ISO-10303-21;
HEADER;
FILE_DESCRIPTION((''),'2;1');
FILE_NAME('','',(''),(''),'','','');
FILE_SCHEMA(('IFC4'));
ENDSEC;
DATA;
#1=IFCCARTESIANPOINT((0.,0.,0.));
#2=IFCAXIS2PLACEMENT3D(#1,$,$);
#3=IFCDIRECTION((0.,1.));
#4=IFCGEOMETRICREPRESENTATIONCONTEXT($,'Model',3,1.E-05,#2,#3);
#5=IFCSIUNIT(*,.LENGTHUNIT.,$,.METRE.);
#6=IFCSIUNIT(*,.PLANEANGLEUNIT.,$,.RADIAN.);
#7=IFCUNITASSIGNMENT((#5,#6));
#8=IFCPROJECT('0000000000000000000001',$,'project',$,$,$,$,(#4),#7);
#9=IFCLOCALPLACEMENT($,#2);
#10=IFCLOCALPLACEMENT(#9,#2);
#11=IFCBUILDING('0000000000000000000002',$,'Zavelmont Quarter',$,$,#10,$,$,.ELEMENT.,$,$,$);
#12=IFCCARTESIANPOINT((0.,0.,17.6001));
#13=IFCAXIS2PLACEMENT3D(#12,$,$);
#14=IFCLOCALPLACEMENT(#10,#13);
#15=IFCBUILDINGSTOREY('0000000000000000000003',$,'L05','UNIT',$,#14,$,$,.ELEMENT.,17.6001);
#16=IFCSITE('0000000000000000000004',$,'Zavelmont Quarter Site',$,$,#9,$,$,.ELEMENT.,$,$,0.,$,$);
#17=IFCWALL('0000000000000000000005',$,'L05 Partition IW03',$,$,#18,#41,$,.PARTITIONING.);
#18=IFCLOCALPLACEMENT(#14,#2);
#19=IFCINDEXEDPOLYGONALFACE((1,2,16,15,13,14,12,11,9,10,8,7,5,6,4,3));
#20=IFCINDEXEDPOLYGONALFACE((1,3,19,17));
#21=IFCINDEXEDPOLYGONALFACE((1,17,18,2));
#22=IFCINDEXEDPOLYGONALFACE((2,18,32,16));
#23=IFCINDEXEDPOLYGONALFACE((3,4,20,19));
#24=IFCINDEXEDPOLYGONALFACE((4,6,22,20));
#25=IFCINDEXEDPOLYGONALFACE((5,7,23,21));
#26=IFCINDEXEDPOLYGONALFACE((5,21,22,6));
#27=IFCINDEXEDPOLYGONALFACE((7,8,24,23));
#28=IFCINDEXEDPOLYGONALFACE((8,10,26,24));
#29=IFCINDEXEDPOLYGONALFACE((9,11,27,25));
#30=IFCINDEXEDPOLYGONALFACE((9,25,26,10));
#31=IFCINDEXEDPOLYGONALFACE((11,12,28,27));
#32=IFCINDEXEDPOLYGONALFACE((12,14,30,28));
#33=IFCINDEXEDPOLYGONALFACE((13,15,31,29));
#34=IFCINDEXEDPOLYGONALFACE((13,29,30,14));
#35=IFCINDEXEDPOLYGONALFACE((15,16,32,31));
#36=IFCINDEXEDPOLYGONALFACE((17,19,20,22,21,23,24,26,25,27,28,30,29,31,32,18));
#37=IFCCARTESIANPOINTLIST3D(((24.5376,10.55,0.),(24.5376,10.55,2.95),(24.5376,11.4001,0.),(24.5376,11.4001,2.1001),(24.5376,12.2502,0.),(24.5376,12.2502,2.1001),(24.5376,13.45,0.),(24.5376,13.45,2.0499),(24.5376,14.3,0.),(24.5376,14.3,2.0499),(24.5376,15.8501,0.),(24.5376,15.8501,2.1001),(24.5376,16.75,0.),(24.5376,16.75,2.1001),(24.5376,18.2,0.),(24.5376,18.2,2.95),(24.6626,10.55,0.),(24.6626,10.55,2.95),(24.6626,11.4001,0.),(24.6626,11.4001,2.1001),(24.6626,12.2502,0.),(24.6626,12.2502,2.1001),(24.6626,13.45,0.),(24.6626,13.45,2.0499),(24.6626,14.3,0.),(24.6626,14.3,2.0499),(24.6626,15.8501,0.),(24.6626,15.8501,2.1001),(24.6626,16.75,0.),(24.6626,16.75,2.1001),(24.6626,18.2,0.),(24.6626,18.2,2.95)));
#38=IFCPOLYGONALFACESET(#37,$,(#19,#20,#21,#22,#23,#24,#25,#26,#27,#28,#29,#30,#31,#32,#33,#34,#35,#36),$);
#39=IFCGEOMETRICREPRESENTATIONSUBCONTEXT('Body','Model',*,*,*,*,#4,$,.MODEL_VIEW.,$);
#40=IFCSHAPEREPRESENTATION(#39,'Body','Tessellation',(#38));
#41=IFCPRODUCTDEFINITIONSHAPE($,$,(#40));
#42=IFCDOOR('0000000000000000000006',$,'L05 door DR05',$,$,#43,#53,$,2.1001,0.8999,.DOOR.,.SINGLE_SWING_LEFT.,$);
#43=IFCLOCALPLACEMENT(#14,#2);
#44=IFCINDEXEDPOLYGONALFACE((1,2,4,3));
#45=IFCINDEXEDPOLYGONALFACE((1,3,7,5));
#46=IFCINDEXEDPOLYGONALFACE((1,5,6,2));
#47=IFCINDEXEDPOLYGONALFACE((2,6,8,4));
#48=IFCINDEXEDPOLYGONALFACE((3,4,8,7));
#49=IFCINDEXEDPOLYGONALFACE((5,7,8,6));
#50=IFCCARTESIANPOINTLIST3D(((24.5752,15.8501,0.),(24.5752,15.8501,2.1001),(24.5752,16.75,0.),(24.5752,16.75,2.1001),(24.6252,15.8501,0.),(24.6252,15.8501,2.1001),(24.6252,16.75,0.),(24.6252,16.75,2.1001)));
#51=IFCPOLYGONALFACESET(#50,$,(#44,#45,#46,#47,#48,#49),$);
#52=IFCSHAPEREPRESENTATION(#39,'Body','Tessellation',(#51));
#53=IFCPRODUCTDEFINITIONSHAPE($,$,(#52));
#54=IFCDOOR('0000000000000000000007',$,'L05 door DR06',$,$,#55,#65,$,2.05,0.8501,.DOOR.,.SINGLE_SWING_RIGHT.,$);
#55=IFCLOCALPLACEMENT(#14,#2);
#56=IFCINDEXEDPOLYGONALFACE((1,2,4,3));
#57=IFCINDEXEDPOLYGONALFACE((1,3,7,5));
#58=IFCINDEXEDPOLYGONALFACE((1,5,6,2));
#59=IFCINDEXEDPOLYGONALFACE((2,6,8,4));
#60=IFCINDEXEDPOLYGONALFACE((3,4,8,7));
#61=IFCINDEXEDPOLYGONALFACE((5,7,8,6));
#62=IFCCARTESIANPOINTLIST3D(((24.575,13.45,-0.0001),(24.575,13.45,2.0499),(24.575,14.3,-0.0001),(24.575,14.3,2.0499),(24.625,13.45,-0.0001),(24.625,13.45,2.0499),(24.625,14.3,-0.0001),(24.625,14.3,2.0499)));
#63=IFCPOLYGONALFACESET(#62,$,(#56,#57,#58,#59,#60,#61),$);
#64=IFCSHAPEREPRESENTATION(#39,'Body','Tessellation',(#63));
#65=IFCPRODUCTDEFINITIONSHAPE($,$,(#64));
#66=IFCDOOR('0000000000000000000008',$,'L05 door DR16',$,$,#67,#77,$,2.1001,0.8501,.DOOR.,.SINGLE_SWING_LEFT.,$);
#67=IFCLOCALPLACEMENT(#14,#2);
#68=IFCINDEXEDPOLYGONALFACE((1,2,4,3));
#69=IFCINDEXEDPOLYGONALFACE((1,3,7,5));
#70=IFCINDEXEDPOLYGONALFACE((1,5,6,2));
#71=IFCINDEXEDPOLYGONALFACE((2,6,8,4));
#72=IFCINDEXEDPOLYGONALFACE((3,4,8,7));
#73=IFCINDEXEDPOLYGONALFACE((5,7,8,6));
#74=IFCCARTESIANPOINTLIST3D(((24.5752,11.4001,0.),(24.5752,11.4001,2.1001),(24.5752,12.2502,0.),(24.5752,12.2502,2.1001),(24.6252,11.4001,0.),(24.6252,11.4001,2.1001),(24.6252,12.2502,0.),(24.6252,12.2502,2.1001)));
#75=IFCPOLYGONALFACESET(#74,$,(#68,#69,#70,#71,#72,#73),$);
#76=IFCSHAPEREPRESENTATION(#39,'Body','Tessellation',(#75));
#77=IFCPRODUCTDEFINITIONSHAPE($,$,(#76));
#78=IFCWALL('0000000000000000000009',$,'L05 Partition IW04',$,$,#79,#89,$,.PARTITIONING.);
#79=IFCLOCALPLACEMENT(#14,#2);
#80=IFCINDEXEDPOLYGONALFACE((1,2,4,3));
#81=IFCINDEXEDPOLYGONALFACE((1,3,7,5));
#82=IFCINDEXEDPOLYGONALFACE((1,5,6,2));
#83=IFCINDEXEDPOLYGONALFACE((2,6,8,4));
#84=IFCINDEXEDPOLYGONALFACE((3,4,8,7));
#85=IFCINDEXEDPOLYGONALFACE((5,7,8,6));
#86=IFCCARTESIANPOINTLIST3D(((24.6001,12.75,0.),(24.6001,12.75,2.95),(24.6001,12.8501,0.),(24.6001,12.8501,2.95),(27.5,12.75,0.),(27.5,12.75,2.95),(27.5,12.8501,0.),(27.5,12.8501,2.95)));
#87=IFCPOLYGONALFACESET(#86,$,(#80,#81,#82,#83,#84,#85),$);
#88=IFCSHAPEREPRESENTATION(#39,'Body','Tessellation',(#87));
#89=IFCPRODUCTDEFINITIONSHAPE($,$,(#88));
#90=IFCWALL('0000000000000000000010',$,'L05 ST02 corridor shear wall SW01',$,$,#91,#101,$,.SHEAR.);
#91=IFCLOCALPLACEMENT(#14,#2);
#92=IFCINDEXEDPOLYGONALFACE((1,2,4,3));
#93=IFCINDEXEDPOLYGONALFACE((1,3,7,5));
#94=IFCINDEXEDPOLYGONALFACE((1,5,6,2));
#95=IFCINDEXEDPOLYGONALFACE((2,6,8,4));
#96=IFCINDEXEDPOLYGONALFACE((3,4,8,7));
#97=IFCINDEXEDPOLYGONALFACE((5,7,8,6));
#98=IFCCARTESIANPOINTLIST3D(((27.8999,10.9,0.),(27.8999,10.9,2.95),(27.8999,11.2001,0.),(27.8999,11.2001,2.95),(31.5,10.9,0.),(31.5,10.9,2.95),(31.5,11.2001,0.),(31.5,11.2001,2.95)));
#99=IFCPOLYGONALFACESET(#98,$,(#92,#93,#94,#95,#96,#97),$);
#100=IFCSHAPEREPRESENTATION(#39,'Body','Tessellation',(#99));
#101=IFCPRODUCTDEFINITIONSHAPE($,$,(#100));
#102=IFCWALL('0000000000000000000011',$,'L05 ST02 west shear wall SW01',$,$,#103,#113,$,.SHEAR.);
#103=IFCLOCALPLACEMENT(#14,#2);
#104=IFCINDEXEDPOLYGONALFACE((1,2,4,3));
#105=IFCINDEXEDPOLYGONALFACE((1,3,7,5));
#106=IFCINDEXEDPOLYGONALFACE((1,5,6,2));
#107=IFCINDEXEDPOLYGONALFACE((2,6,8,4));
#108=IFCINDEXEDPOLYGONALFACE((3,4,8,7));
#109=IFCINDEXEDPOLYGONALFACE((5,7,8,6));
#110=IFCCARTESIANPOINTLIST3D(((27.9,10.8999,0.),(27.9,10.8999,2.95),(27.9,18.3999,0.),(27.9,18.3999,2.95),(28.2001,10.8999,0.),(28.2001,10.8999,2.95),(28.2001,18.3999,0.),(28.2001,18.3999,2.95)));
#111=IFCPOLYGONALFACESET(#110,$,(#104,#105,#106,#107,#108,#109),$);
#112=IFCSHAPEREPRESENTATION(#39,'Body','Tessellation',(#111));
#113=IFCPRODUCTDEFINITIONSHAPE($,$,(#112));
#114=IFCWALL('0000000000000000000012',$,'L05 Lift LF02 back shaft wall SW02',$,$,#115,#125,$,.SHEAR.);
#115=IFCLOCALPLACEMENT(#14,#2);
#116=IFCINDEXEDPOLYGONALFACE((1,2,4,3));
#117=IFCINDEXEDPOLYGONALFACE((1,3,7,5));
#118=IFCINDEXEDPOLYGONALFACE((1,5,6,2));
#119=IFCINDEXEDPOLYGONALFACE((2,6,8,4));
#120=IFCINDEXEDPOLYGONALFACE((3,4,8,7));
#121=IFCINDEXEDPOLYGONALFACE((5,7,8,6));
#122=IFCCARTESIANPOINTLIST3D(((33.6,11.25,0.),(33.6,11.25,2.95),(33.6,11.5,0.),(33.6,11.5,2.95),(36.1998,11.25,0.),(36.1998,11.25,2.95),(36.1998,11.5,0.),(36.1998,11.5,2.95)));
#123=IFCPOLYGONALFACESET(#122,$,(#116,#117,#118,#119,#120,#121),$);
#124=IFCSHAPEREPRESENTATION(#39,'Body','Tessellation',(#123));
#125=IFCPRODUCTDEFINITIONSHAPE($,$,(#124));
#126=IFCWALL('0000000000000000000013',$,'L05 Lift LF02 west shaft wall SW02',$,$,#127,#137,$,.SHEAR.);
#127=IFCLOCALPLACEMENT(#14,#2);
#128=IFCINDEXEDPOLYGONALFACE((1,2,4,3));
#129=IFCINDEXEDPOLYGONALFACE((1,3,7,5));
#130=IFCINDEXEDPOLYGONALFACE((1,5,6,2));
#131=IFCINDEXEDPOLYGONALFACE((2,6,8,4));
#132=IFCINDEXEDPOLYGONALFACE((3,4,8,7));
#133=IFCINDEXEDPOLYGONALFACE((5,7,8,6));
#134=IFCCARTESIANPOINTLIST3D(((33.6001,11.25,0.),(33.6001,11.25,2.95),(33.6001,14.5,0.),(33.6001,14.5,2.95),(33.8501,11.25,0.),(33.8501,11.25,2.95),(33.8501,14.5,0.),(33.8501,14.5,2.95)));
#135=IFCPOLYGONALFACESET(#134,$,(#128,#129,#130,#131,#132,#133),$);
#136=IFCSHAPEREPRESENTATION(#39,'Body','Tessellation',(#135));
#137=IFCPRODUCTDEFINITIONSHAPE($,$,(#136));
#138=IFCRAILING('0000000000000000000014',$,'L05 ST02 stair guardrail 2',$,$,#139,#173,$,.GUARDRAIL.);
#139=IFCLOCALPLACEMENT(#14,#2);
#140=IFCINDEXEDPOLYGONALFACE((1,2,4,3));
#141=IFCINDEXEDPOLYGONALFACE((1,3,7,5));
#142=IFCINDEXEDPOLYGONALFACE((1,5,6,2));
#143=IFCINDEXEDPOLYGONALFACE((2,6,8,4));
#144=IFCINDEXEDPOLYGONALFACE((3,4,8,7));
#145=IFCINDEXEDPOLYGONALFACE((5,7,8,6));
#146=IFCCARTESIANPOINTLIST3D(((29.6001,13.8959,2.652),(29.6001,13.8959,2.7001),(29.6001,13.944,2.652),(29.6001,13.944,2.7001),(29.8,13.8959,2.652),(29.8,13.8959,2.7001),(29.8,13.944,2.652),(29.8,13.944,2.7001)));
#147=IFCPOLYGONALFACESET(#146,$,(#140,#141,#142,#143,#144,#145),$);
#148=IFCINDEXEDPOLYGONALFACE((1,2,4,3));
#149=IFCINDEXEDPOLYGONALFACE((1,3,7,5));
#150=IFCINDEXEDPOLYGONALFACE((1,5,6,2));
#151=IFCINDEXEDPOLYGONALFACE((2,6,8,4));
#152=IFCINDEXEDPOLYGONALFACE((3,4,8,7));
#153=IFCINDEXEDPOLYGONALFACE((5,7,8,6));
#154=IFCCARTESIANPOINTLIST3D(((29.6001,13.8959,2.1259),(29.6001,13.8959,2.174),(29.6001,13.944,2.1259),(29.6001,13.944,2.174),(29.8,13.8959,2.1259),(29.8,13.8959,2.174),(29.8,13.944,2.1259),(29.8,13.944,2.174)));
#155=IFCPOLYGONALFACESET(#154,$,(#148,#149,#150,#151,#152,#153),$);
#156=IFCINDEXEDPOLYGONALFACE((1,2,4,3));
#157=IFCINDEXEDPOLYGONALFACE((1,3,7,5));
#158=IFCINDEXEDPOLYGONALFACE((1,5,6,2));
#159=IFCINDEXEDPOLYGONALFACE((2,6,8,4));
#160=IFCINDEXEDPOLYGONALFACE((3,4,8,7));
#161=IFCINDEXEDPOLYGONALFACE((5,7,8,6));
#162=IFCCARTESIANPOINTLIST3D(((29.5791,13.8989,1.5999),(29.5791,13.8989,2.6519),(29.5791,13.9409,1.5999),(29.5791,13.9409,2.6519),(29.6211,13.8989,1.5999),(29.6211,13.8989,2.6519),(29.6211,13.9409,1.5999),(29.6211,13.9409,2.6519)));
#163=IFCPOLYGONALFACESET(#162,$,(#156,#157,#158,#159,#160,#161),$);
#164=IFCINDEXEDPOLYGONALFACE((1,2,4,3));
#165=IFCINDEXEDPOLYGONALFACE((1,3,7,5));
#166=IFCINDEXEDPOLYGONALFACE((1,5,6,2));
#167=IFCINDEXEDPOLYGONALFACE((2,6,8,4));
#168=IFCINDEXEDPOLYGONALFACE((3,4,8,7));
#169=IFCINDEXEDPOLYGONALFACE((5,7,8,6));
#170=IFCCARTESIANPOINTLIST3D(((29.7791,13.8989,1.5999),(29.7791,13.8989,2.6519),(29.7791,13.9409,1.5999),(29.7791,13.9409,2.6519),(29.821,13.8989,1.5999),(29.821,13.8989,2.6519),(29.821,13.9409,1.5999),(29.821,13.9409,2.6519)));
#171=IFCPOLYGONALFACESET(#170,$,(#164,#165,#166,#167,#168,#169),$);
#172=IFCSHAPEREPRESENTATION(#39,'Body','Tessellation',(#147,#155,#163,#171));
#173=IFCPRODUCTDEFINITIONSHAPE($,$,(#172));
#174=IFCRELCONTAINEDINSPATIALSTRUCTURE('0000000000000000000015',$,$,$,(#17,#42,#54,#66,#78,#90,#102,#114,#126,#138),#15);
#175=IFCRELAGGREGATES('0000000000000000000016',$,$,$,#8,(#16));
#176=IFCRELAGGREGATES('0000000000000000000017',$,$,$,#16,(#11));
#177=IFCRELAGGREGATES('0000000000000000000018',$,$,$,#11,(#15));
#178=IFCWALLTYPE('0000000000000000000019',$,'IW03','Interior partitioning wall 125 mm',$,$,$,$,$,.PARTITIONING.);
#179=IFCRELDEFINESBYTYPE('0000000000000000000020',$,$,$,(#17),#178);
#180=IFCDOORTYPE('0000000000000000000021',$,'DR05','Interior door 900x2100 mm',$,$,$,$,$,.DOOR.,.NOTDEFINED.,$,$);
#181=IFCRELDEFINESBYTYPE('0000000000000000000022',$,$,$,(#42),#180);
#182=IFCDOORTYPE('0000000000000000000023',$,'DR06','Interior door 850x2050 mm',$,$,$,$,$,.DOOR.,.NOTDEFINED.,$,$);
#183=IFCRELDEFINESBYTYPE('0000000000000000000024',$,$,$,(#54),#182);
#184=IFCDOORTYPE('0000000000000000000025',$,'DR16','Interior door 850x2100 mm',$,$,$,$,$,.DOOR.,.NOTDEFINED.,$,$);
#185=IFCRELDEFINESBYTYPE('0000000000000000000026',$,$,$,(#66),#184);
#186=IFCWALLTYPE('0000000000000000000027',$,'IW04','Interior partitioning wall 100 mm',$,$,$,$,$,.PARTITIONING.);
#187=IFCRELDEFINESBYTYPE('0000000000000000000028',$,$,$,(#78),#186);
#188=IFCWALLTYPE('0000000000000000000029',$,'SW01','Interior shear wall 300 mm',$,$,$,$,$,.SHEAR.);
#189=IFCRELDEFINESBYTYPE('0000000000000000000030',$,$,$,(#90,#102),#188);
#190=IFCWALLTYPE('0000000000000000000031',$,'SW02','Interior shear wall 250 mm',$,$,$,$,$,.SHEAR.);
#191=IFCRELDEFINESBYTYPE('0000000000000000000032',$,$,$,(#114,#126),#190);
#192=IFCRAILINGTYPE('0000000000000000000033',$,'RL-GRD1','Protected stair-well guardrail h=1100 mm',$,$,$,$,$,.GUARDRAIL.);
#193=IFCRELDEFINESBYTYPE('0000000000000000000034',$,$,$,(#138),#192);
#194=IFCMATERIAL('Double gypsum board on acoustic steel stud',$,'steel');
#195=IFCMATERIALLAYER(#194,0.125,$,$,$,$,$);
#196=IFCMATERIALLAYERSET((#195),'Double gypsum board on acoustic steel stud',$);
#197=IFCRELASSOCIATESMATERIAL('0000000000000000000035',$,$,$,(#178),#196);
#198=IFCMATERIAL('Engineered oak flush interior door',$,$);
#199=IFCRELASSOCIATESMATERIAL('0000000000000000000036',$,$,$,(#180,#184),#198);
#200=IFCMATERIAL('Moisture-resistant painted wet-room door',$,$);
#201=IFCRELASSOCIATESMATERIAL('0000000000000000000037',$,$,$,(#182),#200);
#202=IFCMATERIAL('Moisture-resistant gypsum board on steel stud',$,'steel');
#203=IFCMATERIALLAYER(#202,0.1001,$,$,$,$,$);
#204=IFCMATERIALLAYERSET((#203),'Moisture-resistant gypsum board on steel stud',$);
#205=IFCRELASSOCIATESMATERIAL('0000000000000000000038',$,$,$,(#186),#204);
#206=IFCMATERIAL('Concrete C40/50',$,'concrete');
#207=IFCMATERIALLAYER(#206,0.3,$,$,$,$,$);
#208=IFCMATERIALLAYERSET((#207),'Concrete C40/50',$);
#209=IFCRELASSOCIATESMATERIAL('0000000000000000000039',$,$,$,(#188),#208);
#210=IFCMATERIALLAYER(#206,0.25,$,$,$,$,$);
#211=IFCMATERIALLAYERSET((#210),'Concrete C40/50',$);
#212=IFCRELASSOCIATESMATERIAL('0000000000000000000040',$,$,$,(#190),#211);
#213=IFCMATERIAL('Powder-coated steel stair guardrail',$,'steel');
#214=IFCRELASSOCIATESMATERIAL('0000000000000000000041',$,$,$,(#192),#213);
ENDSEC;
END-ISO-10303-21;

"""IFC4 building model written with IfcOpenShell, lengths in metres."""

from ifc_helpers import new_model, si_unit, direction, frame, frame_2d, origin, origin_with_axes, origin_2d, place, context, subcontext, project, spatial, rectangle, extrude, material, layer, layer_set, type_object, element, fill, save


model = new_model("IFC4")

# Units and contexts
model_context = context("Model", 3, precision=1e-05, world=origin(), true_north=direction((0.0, 1.0)))
body_context = subcontext(model_context, "Body", "Model", "MODEL_VIEW")
ifc_project = project(units=[si_unit("LENGTHUNIT", "METRE"), si_unit("PLANEANGLEUNIT", "RADIAN")], contexts=[model_context])

# Site, building, storey
site_placement = place(None, origin())
site = spatial("IfcSite", under=ifc_project, at=site_placement, Name="Zavelmont Quarter Site", CompositionType="ELEMENT", RefElevation=0.0)
building_placement = place(site_placement, origin())
building = spatial("IfcBuilding", under=site, at=building_placement, Name="Zavelmont Quarter", CompositionType="ELEMENT")
storey_placement = place(building_placement, frame((0.0, 0.0, 17.6001)))
storey = spatial("IfcBuildingStorey", under=building, at=storey_placement, Name="L05", Description="UNIT", CompositionType="ELEMENT", Elevation=17.6001)

# Shared definitions
ifc_material_1 = material(Name="Concrete C40/50", Category="concrete")

# Wall, openings, doors
ifc_material_2 = material(Name="Double gypsum board on acoustic steel stud", Category="steel")
ifc_layer_1 = layer(ifc_material_2, 0.125)
ifc_layer_set_1 = layer_set([ifc_layer_1], Name="Double gypsum board on acoustic steel stud")
wall_type_1 = type_object("IfcWallType", Name="IW03", Description="Interior partitioning wall 125 mm", PredefinedType="PARTITIONING", material=ifc_layer_set_1)
wall_1_placement = place(storey_placement, frame((24.6001, 10.55, 0.0), z_axis=(0.0, 0.0, 1.0), x_axis=(0.0, 1.0, 0.0)))
wall_1 = element("IfcWall", 1, at=wall_1_placement, inside=storey, type_object=wall_type_1, Name="L05 Partition IW03", PredefinedType="PARTITIONING", context=body_context, shape_type="SweptSolid", body=[
    extrude(rectangle(XDim=7.6499, YDim=0.125, at=frame_2d((3.825, 0.0))), origin(), (0.0, 0.0, 1.0), 2.95),
])
opening_1_placement = place(wall_1_placement, frame((0.8501, 0.0, 0.0)))
opening_1 = element("IfcOpeningElement", 2, at=opening_1_placement, cuts=wall_1, PredefinedType="OPENING", context=body_context, shape_type="SweptSolid", body=[
    extrude(rectangle(XDim=0.8501, YDim=2.1001, at=frame_2d((0.425, 1.05))), frame((0.0, 0.0745, 0.0), z_axis=(0.0, -1.0, 0.0), x_axis=(1.0, 0.0, 0.0)), (0.0, 0.0, 1.0), 0.1489),
])
opening_2_placement = place(wall_1_placement, frame((2.8999, 0.0, 0.0)))
opening_2 = element("IfcOpeningElement", 3, at=opening_2_placement, cuts=wall_1, PredefinedType="OPENING", context=body_context, shape_type="SweptSolid", body=[
    extrude(rectangle(XDim=0.8501, YDim=2.05, at=frame_2d((0.425, 1.0249))), frame((0.0, 0.0745, 0.0), z_axis=(0.0, -1.0, 0.0), x_axis=(1.0, 0.0, 0.0)), (0.0, 0.0, 1.0), 0.1489),
])
opening_3_placement = place(wall_1_placement, frame((5.3, 0.0, 0.0)))
opening_3 = element("IfcOpeningElement", 4, at=opening_3_placement, cuts=wall_1, PredefinedType="OPENING", context=body_context, shape_type="SweptSolid", body=[
    extrude(rectangle(XDim=0.8999, YDim=2.1001, at=frame_2d((0.45, 1.05))), frame((0.0, 0.0745, 0.0), z_axis=(0.0, -1.0, 0.0), x_axis=(1.0, 0.0, 0.0)), (0.0, 0.0, 1.0), 0.1489),
])
ifc_material_3 = material(Name="Engineered oak flush interior door")
door_type_1 = type_object("IfcDoorType", Name="DR05", Description="Interior door 900x2100 mm", OperationType="NOTDEFINED", PredefinedType="DOOR", material=ifc_material_3)
door_1_placement = place(opening_3_placement, origin_with_axes())
door_1 = element("IfcDoor", 5, at=door_1_placement, inside=storey, type_object=door_type_1, Name="L05 door DR05", OperationType="SINGLE_SWING_LEFT", OverallHeight=2.1001, OverallWidth=0.8999, PredefinedType="DOOR", context=body_context, shape_type="SweptSolid", body=[
    extrude(rectangle(XDim=0.8999, YDim=2.1001, at=frame_2d((0.45, 1.05))), frame((0.0, 0.0249, 0.0), z_axis=(0.0, -1.0, 0.0), x_axis=(1.0, 0.0, 0.0)), (0.0, 0.0, 1.0), 0.05),
])
fill(opening_3, door_1)
ifc_material_4 = material(Name="Moisture-resistant painted wet-room door")
door_type_2 = type_object("IfcDoorType", Name="DR06", Description="Interior door 850x2050 mm", OperationType="NOTDEFINED", PredefinedType="DOOR", material=ifc_material_4)
door_2_placement = place(opening_2_placement, frame((0.8501, 0.0, 0.0), z_axis=(0.0, 0.0, 1.0), x_axis=(-1.0, 0.0, 0.0)))
door_2 = element("IfcDoor", 6, at=door_2_placement, inside=storey, type_object=door_type_2, Name="L05 door DR06", OperationType="SINGLE_SWING_RIGHT", OverallHeight=2.05, OverallWidth=0.8501, PredefinedType="DOOR", context=body_context, shape_type="SweptSolid", body=[
    extrude(rectangle(XDim=0.8501, YDim=2.05, at=frame_2d((0.425, 1.0249))), frame((0.0, 0.0249, 0.0), z_axis=(0.0, -1.0, 0.0), x_axis=(1.0, 0.0, 0.0)), (0.0, 0.0, 1.0), 0.05),
])
fill(opening_2, door_2)
door_type_3 = type_object("IfcDoorType", Name="DR16", Description="Interior door 850x2100 mm", OperationType="NOTDEFINED", PredefinedType="DOOR", material=ifc_material_3)
door_3_placement = place(opening_1_placement, origin_with_axes())
door_3 = element("IfcDoor", 7, at=door_3_placement, inside=storey, type_object=door_type_3, Name="L05 door DR16", OperationType="SINGLE_SWING_LEFT", OverallHeight=2.1001, OverallWidth=0.8501, PredefinedType="DOOR", context=body_context, shape_type="SweptSolid", body=[
    extrude(rectangle(XDim=0.8501, YDim=2.1001, at=frame_2d((0.425, 1.05))), frame((0.0, 0.0249, 0.0), z_axis=(0.0, -1.0, 0.0), x_axis=(1.0, 0.0, 0.0)), (0.0, 0.0, 1.0), 0.05),
])
fill(opening_1, door_3)

# Walls
ifc_material_5 = material(Name="Moisture-resistant gypsum board on steel stud", Category="steel")
ifc_layer_2 = layer(ifc_material_5, 0.1001)
ifc_layer_set_2 = layer_set([ifc_layer_2], Name="Moisture-resistant gypsum board on steel stud")
wall_type_2 = type_object("IfcWallType", Name="IW04", Description="Interior partitioning wall 100 mm", PredefinedType="PARTITIONING", material=ifc_layer_set_2)
wall_2_placement = place(storey_placement, frame((24.6001, 12.8, 0.0), z_axis=(0.0, 0.0, 1.0), x_axis=(1.0, 0.0, 0.0)))
element("IfcWall", 8, at=wall_2_placement, inside=storey, type_object=wall_type_2, Name="L05 Partition IW04", PredefinedType="PARTITIONING", context=body_context, shape_type="SweptSolid", body=[
    extrude(rectangle(XDim=2.8999, YDim=0.1001, at=frame_2d((1.45, 0.0))), origin(), (0.0, 0.0, 1.0), 2.95),
])
ifc_layer_3 = layer(ifc_material_1, 0.3)
ifc_layer_set_3 = layer_set([ifc_layer_3], Name="Concrete C40/50")
wall_type_3 = type_object("IfcWallType", Name="SW01", Description="Interior shear wall 300 mm", PredefinedType="SHEAR", material=ifc_layer_set_3)
wall_3_placement = place(storey_placement, frame((27.8999, 11.05, 0.0), z_axis=(0.0, 0.0, 1.0), x_axis=(1.0, 0.0, 0.0)))
element("IfcWall", 9, at=wall_3_placement, inside=storey, type_object=wall_type_3, Name="L05 ST02 corridor shear wall SW01", PredefinedType="SHEAR", context=body_context, shape_type="SweptSolid", body=[
    extrude(rectangle(XDim=3.6001, YDim=0.3, at=frame_2d((1.8, 0.0))), origin(), (0.0, 0.0, 1.0), 2.95),
])
wall_4_placement = place(storey_placement, frame((28.05, 10.8999, 0.0), z_axis=(0.0, 0.0, 1.0), x_axis=(0.0, 1.0, 0.0)))
element("IfcWall", 10, at=wall_4_placement, inside=storey, type_object=wall_type_3, Name="L05 ST02 west shear wall SW01", PredefinedType="SHEAR", context=body_context, shape_type="SweptSolid", body=[
    extrude(rectangle(XDim=7.5, YDim=0.3, at=frame_2d((3.75, 0.0))), origin(), (0.0, 0.0, 1.0), 2.95),
])

# Walls
ifc_layer_4 = layer(ifc_material_1, 0.25)
ifc_layer_set_4 = layer_set([ifc_layer_4], Name="Concrete C40/50")
wall_type_4 = type_object("IfcWallType", Name="SW02", Description="Interior shear wall 250 mm", PredefinedType="SHEAR", material=ifc_layer_set_4)
wall_5_placement = place(storey_placement, frame((33.6001, 11.375, 0.0), z_axis=(0.0, 0.0, 1.0), x_axis=(1.0, 0.0, 0.0)))
element("IfcWall", 11, at=wall_5_placement, inside=storey, type_object=wall_type_4, Name="L05 Lift LF02 back shaft wall SW02", PredefinedType="SHEAR", context=body_context, shape_type="SweptSolid", body=[
    extrude(rectangle(XDim=2.5999, YDim=0.25, at=frame_2d((1.2998, 0.0))), origin(), (0.0, 0.0, 1.0), 2.95),
])
wall_6_placement = place(storey_placement, frame((33.7251, 11.25, 0.0), z_axis=(0.0, 0.0, 1.0), x_axis=(0.0, 1.0, 0.0)))
element("IfcWall", 12, at=wall_6_placement, inside=storey, type_object=wall_type_4, Name="L05 Lift LF02 west shaft wall SW02", PredefinedType="SHEAR", context=body_context, shape_type="SweptSolid", body=[
    extrude(rectangle(XDim=3.25, YDim=0.25, at=frame_2d((1.625, 0.0))), origin(), (0.0, 0.0, 1.0), 2.95),
])

# Railing
ifc_material_6 = material(Name="Powder-coated steel stair guardrail", Category="steel")
railing_type = type_object("IfcRailingType", Name="RL-GRD1", Description="Protected stair-well guardrail h=1100 mm", PredefinedType="GUARDRAIL", material=ifc_material_6)
railing_placement = place(storey_placement, frame((29.6001, 13.9199, 1.5999)))
element("IfcRailing", 13, at=railing_placement, inside=storey, type_object=railing_type, Name="L05 ST02 stair guardrail 2", PredefinedType="GUARDRAIL", context=body_context, shape_type="SweptSolid", body=[
    extrude(rectangle(XDim=0.0481, YDim=0.0481, at=origin_2d()), frame((0.0, 0.0, 1.0762), z_axis=(1.0, 0.0, 0.0), x_axis=(0.0, 1.0, 0.0)), (0.0, 0.0, 1.0), 0.2),
    extrude(rectangle(XDim=0.0481, YDim=0.0481, at=origin_2d()), frame((0.0, 0.0, 0.55), z_axis=(1.0, 0.0, 0.0), x_axis=(0.0, 1.0, 0.0)), (0.0, 0.0, 1.0), 0.2),
    extrude(rectangle(XDim=0.042, YDim=0.042, at=origin_2d()), origin(), (0.0, 0.0, 1.0), 1.052),
    extrude(rectangle(XDim=0.042, YDim=0.042, at=origin_2d()), frame((0.2, 0.0, 0.0)), (0.0, 0.0, 1.0), 1.052),
])

save(model, "model.ifc")
